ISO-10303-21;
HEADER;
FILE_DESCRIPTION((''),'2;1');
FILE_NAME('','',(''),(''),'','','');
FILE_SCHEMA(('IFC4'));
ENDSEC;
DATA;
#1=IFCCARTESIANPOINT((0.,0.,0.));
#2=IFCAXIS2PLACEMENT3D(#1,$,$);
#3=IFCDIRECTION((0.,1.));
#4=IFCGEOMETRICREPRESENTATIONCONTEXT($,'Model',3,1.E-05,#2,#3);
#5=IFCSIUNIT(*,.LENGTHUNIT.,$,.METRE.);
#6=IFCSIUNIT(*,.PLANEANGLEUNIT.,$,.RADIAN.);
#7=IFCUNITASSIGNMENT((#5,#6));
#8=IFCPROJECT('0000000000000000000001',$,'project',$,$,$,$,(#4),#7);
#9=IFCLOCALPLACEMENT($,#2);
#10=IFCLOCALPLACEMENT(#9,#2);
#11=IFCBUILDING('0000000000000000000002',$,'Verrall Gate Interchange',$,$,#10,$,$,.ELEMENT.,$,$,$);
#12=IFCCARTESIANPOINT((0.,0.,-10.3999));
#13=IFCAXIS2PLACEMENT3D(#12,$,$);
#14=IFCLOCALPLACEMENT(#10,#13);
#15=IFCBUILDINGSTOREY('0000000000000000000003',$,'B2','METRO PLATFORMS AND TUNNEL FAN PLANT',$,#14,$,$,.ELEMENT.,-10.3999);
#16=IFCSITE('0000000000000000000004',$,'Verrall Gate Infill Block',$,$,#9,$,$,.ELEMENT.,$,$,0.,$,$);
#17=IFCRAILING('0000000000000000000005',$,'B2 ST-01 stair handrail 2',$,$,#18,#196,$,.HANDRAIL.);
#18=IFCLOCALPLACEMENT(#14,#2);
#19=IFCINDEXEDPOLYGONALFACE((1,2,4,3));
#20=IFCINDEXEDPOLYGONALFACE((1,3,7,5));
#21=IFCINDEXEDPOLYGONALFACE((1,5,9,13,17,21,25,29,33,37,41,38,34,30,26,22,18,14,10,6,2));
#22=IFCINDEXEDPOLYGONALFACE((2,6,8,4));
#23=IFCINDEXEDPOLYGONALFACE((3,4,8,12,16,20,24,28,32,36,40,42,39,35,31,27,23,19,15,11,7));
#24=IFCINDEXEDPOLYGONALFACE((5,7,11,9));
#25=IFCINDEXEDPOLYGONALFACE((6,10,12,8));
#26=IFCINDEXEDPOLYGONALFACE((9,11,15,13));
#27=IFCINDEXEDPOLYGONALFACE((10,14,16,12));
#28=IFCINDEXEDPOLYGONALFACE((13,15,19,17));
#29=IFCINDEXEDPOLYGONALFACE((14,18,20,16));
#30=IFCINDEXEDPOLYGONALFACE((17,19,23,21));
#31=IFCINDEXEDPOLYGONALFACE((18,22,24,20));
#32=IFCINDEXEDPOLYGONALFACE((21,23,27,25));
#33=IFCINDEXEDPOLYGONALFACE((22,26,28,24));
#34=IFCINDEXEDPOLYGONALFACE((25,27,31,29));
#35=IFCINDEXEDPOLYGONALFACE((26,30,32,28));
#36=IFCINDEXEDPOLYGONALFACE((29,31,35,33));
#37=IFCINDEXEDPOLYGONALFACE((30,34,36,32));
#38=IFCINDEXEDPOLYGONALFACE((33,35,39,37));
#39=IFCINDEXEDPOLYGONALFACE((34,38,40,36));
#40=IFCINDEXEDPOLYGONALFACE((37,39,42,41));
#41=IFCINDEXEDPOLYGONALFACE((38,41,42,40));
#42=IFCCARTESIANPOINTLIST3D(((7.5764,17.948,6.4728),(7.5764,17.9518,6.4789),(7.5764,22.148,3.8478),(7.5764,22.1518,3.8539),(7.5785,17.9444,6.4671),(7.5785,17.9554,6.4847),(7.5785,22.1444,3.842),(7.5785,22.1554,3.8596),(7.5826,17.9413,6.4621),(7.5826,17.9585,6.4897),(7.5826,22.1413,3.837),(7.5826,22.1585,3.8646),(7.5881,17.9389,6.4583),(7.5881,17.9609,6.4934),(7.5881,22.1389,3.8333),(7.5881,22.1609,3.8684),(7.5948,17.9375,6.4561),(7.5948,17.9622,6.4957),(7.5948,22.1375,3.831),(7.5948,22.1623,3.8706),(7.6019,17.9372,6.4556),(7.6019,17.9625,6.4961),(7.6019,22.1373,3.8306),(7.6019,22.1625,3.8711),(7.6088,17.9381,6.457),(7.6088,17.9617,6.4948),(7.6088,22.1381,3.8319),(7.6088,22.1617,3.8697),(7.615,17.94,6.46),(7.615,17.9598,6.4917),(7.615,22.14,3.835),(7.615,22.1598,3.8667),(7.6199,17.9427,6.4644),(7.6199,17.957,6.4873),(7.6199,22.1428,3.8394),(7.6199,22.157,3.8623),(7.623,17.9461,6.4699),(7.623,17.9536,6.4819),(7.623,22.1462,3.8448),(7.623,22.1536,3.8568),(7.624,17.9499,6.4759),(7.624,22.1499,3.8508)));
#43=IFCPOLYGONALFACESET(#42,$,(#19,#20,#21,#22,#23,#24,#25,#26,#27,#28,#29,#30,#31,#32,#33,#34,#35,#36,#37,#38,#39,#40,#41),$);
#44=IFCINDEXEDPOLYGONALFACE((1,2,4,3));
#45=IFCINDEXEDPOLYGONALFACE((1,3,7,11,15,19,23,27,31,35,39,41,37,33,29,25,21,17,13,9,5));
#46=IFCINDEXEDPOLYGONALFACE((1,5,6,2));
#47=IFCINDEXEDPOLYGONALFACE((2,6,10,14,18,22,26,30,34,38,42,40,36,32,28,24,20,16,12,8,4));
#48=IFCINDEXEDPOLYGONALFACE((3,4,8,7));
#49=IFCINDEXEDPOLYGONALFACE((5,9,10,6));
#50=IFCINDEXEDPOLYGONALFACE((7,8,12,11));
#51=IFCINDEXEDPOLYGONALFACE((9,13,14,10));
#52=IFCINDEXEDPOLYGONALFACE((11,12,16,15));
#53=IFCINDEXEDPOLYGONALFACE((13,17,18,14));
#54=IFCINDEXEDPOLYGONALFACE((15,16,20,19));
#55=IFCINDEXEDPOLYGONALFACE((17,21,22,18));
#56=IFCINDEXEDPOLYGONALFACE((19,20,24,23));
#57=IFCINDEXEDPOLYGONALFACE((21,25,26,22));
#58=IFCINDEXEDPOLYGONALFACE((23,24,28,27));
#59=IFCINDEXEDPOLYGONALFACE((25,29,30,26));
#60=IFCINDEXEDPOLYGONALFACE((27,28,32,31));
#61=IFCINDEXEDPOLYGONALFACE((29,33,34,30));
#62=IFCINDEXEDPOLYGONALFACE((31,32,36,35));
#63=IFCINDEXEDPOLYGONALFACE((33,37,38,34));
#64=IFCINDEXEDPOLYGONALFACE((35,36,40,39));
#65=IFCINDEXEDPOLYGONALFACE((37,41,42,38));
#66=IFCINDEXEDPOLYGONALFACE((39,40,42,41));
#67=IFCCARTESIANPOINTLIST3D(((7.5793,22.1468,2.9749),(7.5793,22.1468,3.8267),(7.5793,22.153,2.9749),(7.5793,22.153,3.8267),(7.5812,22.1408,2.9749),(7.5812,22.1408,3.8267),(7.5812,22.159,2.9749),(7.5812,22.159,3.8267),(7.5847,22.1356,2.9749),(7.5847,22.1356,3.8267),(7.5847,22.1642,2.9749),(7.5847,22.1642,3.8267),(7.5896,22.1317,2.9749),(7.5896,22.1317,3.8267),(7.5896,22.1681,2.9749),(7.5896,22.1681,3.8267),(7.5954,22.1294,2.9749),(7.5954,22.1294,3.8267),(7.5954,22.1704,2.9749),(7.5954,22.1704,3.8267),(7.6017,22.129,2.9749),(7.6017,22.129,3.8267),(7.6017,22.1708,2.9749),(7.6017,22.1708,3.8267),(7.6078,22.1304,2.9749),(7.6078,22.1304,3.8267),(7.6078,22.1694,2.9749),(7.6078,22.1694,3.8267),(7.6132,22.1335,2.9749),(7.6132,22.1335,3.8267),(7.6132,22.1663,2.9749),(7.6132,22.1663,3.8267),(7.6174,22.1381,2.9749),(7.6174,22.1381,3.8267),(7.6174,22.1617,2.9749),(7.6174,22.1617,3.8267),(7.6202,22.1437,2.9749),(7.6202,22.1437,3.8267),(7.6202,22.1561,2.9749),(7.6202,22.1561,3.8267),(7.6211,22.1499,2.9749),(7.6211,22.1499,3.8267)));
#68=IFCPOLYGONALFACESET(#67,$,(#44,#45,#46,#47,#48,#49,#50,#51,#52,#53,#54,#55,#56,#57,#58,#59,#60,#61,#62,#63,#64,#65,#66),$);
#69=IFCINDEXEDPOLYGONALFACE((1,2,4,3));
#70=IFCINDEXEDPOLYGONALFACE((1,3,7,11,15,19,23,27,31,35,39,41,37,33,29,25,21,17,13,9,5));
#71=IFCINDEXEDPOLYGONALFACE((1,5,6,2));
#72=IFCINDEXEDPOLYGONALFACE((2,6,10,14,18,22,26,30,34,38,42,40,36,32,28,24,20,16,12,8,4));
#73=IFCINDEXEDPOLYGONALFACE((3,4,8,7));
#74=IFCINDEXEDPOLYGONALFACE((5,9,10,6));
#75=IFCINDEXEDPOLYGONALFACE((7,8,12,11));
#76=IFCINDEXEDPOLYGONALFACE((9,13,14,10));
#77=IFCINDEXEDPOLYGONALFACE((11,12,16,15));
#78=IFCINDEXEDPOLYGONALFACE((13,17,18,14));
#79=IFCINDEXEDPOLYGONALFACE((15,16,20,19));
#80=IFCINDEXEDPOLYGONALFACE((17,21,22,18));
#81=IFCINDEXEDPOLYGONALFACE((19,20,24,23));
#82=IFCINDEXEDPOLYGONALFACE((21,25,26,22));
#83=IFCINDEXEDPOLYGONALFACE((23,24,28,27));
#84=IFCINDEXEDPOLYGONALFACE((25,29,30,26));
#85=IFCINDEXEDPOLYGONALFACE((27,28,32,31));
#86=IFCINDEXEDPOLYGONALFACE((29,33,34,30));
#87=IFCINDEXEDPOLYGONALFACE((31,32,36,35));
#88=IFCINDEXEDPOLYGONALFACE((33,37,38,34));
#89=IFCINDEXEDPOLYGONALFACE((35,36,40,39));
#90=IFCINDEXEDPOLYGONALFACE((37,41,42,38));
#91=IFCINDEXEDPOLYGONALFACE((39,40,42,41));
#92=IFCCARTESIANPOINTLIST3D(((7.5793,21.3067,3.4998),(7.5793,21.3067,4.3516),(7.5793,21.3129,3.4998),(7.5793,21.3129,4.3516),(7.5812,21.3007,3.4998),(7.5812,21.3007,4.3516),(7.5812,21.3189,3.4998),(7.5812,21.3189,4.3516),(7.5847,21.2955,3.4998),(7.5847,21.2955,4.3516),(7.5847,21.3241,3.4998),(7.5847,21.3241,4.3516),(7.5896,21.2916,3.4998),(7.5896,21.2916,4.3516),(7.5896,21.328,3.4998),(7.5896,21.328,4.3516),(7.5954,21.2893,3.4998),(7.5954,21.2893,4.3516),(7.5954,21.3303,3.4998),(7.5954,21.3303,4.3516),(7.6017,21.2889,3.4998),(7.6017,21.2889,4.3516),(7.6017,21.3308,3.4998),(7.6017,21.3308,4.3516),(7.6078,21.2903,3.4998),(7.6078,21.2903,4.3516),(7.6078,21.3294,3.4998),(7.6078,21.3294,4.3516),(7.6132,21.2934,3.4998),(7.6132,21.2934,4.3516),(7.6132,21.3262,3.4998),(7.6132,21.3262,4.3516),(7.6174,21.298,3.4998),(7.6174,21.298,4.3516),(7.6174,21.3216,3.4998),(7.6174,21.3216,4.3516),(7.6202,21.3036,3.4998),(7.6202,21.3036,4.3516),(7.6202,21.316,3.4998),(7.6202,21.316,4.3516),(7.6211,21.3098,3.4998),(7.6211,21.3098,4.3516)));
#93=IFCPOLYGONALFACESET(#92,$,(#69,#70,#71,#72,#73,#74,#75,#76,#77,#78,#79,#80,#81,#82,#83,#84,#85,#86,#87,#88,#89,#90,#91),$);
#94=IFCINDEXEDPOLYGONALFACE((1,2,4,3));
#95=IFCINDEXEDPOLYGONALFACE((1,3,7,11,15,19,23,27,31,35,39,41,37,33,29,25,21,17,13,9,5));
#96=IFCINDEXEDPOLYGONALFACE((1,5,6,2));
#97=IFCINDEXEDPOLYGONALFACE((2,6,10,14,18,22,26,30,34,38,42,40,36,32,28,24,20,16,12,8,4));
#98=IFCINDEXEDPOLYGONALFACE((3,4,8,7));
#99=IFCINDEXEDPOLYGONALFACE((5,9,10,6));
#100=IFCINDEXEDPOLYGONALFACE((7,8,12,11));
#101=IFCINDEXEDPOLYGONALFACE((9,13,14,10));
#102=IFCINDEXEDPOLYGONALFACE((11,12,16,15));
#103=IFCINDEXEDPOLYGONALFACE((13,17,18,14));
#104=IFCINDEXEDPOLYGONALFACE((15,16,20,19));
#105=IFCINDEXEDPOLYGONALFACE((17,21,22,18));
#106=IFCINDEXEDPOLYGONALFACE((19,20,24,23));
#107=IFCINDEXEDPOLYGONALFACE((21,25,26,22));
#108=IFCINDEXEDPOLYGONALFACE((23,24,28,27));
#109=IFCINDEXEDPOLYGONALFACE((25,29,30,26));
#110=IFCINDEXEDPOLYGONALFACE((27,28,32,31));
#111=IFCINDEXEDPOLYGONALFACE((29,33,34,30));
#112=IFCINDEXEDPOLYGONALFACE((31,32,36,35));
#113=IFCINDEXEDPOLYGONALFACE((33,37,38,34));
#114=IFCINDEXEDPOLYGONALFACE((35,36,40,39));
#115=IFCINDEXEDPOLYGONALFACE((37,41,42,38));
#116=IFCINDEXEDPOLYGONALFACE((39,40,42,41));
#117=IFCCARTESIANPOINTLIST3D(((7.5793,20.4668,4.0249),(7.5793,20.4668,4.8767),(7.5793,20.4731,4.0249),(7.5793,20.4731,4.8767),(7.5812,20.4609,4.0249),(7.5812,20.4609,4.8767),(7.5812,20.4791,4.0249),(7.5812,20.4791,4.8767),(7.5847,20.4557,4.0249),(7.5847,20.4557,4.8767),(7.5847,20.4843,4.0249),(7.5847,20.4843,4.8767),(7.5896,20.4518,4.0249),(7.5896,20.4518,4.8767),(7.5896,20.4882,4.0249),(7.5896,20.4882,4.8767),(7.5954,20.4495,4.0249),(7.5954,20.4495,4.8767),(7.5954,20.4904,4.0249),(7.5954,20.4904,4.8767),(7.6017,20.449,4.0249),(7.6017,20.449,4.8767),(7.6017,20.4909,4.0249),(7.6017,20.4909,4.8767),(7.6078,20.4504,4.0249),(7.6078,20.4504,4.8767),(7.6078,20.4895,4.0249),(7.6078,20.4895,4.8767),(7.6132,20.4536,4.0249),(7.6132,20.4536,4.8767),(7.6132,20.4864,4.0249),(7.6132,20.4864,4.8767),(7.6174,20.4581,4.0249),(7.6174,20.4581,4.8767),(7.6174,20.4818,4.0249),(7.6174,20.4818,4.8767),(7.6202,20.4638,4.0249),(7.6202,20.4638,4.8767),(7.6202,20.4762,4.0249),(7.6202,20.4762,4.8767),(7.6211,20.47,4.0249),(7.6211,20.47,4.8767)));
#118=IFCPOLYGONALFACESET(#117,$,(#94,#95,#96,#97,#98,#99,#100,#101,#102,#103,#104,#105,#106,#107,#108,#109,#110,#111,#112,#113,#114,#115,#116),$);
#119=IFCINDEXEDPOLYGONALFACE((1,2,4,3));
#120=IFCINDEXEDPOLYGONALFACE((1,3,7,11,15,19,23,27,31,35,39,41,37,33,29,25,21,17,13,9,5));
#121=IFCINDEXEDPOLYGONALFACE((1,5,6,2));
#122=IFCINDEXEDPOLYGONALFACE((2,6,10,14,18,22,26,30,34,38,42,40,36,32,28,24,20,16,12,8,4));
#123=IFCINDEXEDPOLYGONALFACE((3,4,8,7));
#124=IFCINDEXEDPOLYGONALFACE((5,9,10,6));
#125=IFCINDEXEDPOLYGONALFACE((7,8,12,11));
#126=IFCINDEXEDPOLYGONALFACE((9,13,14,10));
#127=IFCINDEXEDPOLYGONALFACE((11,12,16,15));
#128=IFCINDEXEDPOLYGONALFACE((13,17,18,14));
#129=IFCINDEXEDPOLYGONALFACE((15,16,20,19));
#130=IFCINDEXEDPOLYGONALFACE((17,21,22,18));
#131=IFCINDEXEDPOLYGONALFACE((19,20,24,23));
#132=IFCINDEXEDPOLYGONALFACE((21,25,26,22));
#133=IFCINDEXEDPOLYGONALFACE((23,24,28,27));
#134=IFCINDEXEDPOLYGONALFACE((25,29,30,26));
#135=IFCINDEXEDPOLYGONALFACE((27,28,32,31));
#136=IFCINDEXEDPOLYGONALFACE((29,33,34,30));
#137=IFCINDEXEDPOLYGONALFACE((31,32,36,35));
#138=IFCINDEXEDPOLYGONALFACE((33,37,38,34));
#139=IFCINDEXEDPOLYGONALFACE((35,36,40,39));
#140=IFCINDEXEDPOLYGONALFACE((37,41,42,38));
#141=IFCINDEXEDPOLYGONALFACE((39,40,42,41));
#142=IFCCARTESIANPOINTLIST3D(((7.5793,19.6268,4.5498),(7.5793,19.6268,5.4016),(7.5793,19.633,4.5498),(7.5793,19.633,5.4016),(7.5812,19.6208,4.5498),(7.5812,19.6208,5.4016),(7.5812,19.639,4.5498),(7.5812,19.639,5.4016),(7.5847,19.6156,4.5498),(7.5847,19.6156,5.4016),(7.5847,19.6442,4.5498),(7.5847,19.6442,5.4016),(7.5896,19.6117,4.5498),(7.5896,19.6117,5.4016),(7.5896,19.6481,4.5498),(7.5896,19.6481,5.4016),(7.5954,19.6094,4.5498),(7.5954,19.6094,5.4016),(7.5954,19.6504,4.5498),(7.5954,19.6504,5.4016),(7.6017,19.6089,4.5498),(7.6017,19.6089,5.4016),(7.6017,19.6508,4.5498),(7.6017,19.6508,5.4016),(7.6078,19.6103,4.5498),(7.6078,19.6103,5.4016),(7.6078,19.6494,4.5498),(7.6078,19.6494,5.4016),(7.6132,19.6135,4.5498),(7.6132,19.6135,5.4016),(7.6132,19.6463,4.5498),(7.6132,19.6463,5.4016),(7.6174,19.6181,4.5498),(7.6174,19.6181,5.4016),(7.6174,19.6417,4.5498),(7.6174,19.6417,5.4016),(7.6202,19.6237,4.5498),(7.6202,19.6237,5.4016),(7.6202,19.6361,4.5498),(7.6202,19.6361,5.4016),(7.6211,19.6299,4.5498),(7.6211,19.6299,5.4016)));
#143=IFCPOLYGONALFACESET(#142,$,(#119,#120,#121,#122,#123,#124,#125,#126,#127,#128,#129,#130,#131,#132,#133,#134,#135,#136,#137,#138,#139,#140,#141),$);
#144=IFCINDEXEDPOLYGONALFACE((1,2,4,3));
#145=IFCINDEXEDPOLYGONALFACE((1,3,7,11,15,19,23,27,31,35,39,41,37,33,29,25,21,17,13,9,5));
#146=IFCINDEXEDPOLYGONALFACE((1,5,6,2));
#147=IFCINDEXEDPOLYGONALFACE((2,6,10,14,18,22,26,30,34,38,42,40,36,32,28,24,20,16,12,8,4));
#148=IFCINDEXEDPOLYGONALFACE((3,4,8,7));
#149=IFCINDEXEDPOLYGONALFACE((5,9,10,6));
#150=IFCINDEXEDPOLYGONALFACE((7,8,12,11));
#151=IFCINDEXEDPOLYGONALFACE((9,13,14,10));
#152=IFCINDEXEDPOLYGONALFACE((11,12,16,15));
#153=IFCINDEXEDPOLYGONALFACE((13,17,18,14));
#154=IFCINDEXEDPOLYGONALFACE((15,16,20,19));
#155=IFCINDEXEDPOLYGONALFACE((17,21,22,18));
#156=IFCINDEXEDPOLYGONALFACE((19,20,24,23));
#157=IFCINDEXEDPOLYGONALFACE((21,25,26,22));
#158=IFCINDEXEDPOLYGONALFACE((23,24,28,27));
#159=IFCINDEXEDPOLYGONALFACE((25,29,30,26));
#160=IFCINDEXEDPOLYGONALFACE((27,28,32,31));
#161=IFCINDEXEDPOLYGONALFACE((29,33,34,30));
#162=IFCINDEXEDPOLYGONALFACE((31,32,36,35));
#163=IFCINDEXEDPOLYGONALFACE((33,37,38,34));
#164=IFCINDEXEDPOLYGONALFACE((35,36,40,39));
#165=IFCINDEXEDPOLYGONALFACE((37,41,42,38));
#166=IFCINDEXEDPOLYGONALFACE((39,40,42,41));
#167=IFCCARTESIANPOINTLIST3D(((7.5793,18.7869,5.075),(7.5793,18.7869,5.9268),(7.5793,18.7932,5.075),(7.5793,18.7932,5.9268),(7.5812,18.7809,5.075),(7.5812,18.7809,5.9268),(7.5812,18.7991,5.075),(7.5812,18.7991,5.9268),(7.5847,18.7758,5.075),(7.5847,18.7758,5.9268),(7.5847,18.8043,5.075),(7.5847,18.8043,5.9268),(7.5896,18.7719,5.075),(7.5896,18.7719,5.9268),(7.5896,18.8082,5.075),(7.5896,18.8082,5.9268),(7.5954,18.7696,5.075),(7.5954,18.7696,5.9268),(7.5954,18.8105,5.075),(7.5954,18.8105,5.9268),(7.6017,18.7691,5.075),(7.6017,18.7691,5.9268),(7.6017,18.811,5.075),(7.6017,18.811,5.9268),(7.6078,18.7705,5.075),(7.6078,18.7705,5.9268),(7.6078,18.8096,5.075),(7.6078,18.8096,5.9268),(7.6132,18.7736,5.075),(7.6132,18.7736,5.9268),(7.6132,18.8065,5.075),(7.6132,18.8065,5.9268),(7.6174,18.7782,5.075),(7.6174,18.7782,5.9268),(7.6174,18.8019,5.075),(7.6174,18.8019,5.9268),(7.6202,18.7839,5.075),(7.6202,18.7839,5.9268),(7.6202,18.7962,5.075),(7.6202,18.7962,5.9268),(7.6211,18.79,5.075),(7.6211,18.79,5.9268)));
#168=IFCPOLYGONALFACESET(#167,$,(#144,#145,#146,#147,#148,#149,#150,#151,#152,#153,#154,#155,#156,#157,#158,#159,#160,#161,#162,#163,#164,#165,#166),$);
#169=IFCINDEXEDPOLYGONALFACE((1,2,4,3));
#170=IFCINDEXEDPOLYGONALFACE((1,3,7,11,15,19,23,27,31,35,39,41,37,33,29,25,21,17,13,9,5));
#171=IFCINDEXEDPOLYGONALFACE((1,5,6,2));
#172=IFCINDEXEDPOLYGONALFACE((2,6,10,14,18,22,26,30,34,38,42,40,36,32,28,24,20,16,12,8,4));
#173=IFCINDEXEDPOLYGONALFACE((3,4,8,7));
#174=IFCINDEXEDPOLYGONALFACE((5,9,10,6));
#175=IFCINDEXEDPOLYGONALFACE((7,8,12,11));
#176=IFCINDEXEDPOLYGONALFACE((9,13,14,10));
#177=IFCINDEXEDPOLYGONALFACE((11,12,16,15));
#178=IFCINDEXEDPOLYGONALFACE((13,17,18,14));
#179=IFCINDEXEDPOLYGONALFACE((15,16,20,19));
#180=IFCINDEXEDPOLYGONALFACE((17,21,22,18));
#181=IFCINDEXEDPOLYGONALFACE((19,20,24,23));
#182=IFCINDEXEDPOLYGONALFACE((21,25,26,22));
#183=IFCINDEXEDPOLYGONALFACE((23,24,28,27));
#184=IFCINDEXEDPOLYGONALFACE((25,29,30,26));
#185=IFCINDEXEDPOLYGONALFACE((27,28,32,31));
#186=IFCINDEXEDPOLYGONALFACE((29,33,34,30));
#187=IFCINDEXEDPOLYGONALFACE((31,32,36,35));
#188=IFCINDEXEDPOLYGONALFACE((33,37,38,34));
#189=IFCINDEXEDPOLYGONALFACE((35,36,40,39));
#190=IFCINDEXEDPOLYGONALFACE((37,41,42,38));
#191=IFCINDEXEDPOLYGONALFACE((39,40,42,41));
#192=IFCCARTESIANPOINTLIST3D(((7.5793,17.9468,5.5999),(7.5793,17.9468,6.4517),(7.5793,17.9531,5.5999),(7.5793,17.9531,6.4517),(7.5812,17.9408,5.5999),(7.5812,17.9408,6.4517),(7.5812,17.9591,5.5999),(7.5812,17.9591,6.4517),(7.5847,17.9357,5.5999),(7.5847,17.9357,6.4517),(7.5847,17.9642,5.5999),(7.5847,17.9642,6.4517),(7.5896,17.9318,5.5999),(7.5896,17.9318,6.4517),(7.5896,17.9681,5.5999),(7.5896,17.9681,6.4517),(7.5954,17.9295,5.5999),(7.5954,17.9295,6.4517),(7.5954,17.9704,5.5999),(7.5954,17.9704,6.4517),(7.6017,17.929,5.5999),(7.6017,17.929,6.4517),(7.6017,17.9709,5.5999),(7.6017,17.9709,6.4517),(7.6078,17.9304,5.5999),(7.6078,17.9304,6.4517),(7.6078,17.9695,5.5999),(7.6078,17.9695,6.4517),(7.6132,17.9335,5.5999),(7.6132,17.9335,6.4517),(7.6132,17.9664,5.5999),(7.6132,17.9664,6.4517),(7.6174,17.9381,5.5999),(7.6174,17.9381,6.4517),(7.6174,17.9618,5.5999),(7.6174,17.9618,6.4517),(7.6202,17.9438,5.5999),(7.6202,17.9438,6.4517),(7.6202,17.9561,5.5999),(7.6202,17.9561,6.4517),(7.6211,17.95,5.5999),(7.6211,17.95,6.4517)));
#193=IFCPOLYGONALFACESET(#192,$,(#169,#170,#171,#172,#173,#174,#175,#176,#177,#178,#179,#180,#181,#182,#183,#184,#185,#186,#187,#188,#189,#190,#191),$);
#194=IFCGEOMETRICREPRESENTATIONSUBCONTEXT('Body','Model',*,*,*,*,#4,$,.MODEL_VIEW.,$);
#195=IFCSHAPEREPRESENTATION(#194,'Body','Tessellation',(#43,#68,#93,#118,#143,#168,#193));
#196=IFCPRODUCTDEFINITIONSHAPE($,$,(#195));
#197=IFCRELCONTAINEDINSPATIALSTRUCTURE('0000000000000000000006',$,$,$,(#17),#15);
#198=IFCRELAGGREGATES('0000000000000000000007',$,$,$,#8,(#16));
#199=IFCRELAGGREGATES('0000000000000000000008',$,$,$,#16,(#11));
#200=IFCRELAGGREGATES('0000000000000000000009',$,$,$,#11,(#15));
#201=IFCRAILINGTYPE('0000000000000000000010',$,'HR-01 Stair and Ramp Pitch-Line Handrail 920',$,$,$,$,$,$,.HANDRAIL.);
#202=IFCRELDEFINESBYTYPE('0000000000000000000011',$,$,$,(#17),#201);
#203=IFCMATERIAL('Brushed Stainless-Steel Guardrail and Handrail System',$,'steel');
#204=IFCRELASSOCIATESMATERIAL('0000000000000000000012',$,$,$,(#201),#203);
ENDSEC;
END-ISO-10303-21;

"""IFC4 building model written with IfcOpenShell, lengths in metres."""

from ifc_helpers import new_model, si_unit, direction, frame, origin, origin_2d, place, context, subcontext, project, spatial, circle, extrude, material, type_object, element, save


model = new_model("IFC4")

# Units and contexts
model_context = context("Model", 3, precision=1e-05, world=origin(), true_north=direction((0.0, 1.0)))
body_context = subcontext(model_context, "Body", "Model", "MODEL_VIEW")
ifc_project = project(units=[si_unit("LENGTHUNIT", "METRE"), si_unit("PLANEANGLEUNIT", "RADIAN")], contexts=[model_context])

# Site, building, storey
site_placement = place(None, origin())
site = spatial("IfcSite", under=ifc_project, at=site_placement, Name="Verrall Gate Infill Block", CompositionType="ELEMENT", RefElevation=0.0)
building_placement = place(site_placement, origin())
building = spatial("IfcBuilding", under=site, at=building_placement, Name="Verrall Gate Interchange", CompositionType="ELEMENT")
storey_placement = place(building_placement, frame((0.0, 0.0, -10.3999)))
storey = spatial("IfcBuildingStorey", under=building, at=storey_placement, Name="B2", Description="METRO PLATFORMS AND TUNNEL FAN PLANT", CompositionType="ELEMENT", Elevation=-10.3999)

# Railing
ifc_material_1 = material(Name="Brushed Stainless-Steel Guardrail and Handrail System", Category="steel")
railing_type_1 = type_object("IfcRailingType", Name="HR-01 Stair and Ramp Pitch-Line Handrail 920", PredefinedType="HANDRAIL", material=ifc_material_1)
railing_1_placement = place(storey_placement, frame((7.6001, 22.1499, 2.9749)))
element("IfcRailing", 1, at=railing_1_placement, inside=storey, type_object=railing_type_1, Name="B2 ST-01 stair handrail 2", PredefinedType="HANDRAIL", context=body_context, shape_type="SweptSolid", body=[
    extrude(circle(Radius=0.0239, at=origin_2d()), frame((0.0, 0.0, 0.876), z_axis=(0.0, -0.847996, 0.530003), x_axis=(1.0, 0.0, 0.0)), (0.0, 0.0, 1.0), 4.9529),
    extrude(circle(Radius=0.021, at=origin_2d()), origin(), (0.0, 0.0, 1.0), 0.8518),
    extrude(circle(Radius=0.021, at=origin_2d()), frame((0.0, -0.8401, 0.5249)), (0.0, 0.0, 1.0), 0.8518),
    extrude(circle(Radius=0.021, at=origin_2d()), frame((0.0, -1.6799, 1.05)), (0.0, 0.0, 1.0), 0.8518),
    extrude(circle(Radius=0.021, at=origin_2d()), frame((0.0, -2.52, 1.575)), (0.0, 0.0, 1.0), 0.8518),
    extrude(circle(Radius=0.021, at=origin_2d()), frame((0.0, -3.3599, 2.1001)), (0.0, 0.0, 1.0), 0.8518),
    extrude(circle(Radius=0.021, at=origin_2d()), frame((0.0, -4.2, 2.625)), (0.0, 0.0, 1.0), 0.8518),
])

save(model, "model.ifc")
